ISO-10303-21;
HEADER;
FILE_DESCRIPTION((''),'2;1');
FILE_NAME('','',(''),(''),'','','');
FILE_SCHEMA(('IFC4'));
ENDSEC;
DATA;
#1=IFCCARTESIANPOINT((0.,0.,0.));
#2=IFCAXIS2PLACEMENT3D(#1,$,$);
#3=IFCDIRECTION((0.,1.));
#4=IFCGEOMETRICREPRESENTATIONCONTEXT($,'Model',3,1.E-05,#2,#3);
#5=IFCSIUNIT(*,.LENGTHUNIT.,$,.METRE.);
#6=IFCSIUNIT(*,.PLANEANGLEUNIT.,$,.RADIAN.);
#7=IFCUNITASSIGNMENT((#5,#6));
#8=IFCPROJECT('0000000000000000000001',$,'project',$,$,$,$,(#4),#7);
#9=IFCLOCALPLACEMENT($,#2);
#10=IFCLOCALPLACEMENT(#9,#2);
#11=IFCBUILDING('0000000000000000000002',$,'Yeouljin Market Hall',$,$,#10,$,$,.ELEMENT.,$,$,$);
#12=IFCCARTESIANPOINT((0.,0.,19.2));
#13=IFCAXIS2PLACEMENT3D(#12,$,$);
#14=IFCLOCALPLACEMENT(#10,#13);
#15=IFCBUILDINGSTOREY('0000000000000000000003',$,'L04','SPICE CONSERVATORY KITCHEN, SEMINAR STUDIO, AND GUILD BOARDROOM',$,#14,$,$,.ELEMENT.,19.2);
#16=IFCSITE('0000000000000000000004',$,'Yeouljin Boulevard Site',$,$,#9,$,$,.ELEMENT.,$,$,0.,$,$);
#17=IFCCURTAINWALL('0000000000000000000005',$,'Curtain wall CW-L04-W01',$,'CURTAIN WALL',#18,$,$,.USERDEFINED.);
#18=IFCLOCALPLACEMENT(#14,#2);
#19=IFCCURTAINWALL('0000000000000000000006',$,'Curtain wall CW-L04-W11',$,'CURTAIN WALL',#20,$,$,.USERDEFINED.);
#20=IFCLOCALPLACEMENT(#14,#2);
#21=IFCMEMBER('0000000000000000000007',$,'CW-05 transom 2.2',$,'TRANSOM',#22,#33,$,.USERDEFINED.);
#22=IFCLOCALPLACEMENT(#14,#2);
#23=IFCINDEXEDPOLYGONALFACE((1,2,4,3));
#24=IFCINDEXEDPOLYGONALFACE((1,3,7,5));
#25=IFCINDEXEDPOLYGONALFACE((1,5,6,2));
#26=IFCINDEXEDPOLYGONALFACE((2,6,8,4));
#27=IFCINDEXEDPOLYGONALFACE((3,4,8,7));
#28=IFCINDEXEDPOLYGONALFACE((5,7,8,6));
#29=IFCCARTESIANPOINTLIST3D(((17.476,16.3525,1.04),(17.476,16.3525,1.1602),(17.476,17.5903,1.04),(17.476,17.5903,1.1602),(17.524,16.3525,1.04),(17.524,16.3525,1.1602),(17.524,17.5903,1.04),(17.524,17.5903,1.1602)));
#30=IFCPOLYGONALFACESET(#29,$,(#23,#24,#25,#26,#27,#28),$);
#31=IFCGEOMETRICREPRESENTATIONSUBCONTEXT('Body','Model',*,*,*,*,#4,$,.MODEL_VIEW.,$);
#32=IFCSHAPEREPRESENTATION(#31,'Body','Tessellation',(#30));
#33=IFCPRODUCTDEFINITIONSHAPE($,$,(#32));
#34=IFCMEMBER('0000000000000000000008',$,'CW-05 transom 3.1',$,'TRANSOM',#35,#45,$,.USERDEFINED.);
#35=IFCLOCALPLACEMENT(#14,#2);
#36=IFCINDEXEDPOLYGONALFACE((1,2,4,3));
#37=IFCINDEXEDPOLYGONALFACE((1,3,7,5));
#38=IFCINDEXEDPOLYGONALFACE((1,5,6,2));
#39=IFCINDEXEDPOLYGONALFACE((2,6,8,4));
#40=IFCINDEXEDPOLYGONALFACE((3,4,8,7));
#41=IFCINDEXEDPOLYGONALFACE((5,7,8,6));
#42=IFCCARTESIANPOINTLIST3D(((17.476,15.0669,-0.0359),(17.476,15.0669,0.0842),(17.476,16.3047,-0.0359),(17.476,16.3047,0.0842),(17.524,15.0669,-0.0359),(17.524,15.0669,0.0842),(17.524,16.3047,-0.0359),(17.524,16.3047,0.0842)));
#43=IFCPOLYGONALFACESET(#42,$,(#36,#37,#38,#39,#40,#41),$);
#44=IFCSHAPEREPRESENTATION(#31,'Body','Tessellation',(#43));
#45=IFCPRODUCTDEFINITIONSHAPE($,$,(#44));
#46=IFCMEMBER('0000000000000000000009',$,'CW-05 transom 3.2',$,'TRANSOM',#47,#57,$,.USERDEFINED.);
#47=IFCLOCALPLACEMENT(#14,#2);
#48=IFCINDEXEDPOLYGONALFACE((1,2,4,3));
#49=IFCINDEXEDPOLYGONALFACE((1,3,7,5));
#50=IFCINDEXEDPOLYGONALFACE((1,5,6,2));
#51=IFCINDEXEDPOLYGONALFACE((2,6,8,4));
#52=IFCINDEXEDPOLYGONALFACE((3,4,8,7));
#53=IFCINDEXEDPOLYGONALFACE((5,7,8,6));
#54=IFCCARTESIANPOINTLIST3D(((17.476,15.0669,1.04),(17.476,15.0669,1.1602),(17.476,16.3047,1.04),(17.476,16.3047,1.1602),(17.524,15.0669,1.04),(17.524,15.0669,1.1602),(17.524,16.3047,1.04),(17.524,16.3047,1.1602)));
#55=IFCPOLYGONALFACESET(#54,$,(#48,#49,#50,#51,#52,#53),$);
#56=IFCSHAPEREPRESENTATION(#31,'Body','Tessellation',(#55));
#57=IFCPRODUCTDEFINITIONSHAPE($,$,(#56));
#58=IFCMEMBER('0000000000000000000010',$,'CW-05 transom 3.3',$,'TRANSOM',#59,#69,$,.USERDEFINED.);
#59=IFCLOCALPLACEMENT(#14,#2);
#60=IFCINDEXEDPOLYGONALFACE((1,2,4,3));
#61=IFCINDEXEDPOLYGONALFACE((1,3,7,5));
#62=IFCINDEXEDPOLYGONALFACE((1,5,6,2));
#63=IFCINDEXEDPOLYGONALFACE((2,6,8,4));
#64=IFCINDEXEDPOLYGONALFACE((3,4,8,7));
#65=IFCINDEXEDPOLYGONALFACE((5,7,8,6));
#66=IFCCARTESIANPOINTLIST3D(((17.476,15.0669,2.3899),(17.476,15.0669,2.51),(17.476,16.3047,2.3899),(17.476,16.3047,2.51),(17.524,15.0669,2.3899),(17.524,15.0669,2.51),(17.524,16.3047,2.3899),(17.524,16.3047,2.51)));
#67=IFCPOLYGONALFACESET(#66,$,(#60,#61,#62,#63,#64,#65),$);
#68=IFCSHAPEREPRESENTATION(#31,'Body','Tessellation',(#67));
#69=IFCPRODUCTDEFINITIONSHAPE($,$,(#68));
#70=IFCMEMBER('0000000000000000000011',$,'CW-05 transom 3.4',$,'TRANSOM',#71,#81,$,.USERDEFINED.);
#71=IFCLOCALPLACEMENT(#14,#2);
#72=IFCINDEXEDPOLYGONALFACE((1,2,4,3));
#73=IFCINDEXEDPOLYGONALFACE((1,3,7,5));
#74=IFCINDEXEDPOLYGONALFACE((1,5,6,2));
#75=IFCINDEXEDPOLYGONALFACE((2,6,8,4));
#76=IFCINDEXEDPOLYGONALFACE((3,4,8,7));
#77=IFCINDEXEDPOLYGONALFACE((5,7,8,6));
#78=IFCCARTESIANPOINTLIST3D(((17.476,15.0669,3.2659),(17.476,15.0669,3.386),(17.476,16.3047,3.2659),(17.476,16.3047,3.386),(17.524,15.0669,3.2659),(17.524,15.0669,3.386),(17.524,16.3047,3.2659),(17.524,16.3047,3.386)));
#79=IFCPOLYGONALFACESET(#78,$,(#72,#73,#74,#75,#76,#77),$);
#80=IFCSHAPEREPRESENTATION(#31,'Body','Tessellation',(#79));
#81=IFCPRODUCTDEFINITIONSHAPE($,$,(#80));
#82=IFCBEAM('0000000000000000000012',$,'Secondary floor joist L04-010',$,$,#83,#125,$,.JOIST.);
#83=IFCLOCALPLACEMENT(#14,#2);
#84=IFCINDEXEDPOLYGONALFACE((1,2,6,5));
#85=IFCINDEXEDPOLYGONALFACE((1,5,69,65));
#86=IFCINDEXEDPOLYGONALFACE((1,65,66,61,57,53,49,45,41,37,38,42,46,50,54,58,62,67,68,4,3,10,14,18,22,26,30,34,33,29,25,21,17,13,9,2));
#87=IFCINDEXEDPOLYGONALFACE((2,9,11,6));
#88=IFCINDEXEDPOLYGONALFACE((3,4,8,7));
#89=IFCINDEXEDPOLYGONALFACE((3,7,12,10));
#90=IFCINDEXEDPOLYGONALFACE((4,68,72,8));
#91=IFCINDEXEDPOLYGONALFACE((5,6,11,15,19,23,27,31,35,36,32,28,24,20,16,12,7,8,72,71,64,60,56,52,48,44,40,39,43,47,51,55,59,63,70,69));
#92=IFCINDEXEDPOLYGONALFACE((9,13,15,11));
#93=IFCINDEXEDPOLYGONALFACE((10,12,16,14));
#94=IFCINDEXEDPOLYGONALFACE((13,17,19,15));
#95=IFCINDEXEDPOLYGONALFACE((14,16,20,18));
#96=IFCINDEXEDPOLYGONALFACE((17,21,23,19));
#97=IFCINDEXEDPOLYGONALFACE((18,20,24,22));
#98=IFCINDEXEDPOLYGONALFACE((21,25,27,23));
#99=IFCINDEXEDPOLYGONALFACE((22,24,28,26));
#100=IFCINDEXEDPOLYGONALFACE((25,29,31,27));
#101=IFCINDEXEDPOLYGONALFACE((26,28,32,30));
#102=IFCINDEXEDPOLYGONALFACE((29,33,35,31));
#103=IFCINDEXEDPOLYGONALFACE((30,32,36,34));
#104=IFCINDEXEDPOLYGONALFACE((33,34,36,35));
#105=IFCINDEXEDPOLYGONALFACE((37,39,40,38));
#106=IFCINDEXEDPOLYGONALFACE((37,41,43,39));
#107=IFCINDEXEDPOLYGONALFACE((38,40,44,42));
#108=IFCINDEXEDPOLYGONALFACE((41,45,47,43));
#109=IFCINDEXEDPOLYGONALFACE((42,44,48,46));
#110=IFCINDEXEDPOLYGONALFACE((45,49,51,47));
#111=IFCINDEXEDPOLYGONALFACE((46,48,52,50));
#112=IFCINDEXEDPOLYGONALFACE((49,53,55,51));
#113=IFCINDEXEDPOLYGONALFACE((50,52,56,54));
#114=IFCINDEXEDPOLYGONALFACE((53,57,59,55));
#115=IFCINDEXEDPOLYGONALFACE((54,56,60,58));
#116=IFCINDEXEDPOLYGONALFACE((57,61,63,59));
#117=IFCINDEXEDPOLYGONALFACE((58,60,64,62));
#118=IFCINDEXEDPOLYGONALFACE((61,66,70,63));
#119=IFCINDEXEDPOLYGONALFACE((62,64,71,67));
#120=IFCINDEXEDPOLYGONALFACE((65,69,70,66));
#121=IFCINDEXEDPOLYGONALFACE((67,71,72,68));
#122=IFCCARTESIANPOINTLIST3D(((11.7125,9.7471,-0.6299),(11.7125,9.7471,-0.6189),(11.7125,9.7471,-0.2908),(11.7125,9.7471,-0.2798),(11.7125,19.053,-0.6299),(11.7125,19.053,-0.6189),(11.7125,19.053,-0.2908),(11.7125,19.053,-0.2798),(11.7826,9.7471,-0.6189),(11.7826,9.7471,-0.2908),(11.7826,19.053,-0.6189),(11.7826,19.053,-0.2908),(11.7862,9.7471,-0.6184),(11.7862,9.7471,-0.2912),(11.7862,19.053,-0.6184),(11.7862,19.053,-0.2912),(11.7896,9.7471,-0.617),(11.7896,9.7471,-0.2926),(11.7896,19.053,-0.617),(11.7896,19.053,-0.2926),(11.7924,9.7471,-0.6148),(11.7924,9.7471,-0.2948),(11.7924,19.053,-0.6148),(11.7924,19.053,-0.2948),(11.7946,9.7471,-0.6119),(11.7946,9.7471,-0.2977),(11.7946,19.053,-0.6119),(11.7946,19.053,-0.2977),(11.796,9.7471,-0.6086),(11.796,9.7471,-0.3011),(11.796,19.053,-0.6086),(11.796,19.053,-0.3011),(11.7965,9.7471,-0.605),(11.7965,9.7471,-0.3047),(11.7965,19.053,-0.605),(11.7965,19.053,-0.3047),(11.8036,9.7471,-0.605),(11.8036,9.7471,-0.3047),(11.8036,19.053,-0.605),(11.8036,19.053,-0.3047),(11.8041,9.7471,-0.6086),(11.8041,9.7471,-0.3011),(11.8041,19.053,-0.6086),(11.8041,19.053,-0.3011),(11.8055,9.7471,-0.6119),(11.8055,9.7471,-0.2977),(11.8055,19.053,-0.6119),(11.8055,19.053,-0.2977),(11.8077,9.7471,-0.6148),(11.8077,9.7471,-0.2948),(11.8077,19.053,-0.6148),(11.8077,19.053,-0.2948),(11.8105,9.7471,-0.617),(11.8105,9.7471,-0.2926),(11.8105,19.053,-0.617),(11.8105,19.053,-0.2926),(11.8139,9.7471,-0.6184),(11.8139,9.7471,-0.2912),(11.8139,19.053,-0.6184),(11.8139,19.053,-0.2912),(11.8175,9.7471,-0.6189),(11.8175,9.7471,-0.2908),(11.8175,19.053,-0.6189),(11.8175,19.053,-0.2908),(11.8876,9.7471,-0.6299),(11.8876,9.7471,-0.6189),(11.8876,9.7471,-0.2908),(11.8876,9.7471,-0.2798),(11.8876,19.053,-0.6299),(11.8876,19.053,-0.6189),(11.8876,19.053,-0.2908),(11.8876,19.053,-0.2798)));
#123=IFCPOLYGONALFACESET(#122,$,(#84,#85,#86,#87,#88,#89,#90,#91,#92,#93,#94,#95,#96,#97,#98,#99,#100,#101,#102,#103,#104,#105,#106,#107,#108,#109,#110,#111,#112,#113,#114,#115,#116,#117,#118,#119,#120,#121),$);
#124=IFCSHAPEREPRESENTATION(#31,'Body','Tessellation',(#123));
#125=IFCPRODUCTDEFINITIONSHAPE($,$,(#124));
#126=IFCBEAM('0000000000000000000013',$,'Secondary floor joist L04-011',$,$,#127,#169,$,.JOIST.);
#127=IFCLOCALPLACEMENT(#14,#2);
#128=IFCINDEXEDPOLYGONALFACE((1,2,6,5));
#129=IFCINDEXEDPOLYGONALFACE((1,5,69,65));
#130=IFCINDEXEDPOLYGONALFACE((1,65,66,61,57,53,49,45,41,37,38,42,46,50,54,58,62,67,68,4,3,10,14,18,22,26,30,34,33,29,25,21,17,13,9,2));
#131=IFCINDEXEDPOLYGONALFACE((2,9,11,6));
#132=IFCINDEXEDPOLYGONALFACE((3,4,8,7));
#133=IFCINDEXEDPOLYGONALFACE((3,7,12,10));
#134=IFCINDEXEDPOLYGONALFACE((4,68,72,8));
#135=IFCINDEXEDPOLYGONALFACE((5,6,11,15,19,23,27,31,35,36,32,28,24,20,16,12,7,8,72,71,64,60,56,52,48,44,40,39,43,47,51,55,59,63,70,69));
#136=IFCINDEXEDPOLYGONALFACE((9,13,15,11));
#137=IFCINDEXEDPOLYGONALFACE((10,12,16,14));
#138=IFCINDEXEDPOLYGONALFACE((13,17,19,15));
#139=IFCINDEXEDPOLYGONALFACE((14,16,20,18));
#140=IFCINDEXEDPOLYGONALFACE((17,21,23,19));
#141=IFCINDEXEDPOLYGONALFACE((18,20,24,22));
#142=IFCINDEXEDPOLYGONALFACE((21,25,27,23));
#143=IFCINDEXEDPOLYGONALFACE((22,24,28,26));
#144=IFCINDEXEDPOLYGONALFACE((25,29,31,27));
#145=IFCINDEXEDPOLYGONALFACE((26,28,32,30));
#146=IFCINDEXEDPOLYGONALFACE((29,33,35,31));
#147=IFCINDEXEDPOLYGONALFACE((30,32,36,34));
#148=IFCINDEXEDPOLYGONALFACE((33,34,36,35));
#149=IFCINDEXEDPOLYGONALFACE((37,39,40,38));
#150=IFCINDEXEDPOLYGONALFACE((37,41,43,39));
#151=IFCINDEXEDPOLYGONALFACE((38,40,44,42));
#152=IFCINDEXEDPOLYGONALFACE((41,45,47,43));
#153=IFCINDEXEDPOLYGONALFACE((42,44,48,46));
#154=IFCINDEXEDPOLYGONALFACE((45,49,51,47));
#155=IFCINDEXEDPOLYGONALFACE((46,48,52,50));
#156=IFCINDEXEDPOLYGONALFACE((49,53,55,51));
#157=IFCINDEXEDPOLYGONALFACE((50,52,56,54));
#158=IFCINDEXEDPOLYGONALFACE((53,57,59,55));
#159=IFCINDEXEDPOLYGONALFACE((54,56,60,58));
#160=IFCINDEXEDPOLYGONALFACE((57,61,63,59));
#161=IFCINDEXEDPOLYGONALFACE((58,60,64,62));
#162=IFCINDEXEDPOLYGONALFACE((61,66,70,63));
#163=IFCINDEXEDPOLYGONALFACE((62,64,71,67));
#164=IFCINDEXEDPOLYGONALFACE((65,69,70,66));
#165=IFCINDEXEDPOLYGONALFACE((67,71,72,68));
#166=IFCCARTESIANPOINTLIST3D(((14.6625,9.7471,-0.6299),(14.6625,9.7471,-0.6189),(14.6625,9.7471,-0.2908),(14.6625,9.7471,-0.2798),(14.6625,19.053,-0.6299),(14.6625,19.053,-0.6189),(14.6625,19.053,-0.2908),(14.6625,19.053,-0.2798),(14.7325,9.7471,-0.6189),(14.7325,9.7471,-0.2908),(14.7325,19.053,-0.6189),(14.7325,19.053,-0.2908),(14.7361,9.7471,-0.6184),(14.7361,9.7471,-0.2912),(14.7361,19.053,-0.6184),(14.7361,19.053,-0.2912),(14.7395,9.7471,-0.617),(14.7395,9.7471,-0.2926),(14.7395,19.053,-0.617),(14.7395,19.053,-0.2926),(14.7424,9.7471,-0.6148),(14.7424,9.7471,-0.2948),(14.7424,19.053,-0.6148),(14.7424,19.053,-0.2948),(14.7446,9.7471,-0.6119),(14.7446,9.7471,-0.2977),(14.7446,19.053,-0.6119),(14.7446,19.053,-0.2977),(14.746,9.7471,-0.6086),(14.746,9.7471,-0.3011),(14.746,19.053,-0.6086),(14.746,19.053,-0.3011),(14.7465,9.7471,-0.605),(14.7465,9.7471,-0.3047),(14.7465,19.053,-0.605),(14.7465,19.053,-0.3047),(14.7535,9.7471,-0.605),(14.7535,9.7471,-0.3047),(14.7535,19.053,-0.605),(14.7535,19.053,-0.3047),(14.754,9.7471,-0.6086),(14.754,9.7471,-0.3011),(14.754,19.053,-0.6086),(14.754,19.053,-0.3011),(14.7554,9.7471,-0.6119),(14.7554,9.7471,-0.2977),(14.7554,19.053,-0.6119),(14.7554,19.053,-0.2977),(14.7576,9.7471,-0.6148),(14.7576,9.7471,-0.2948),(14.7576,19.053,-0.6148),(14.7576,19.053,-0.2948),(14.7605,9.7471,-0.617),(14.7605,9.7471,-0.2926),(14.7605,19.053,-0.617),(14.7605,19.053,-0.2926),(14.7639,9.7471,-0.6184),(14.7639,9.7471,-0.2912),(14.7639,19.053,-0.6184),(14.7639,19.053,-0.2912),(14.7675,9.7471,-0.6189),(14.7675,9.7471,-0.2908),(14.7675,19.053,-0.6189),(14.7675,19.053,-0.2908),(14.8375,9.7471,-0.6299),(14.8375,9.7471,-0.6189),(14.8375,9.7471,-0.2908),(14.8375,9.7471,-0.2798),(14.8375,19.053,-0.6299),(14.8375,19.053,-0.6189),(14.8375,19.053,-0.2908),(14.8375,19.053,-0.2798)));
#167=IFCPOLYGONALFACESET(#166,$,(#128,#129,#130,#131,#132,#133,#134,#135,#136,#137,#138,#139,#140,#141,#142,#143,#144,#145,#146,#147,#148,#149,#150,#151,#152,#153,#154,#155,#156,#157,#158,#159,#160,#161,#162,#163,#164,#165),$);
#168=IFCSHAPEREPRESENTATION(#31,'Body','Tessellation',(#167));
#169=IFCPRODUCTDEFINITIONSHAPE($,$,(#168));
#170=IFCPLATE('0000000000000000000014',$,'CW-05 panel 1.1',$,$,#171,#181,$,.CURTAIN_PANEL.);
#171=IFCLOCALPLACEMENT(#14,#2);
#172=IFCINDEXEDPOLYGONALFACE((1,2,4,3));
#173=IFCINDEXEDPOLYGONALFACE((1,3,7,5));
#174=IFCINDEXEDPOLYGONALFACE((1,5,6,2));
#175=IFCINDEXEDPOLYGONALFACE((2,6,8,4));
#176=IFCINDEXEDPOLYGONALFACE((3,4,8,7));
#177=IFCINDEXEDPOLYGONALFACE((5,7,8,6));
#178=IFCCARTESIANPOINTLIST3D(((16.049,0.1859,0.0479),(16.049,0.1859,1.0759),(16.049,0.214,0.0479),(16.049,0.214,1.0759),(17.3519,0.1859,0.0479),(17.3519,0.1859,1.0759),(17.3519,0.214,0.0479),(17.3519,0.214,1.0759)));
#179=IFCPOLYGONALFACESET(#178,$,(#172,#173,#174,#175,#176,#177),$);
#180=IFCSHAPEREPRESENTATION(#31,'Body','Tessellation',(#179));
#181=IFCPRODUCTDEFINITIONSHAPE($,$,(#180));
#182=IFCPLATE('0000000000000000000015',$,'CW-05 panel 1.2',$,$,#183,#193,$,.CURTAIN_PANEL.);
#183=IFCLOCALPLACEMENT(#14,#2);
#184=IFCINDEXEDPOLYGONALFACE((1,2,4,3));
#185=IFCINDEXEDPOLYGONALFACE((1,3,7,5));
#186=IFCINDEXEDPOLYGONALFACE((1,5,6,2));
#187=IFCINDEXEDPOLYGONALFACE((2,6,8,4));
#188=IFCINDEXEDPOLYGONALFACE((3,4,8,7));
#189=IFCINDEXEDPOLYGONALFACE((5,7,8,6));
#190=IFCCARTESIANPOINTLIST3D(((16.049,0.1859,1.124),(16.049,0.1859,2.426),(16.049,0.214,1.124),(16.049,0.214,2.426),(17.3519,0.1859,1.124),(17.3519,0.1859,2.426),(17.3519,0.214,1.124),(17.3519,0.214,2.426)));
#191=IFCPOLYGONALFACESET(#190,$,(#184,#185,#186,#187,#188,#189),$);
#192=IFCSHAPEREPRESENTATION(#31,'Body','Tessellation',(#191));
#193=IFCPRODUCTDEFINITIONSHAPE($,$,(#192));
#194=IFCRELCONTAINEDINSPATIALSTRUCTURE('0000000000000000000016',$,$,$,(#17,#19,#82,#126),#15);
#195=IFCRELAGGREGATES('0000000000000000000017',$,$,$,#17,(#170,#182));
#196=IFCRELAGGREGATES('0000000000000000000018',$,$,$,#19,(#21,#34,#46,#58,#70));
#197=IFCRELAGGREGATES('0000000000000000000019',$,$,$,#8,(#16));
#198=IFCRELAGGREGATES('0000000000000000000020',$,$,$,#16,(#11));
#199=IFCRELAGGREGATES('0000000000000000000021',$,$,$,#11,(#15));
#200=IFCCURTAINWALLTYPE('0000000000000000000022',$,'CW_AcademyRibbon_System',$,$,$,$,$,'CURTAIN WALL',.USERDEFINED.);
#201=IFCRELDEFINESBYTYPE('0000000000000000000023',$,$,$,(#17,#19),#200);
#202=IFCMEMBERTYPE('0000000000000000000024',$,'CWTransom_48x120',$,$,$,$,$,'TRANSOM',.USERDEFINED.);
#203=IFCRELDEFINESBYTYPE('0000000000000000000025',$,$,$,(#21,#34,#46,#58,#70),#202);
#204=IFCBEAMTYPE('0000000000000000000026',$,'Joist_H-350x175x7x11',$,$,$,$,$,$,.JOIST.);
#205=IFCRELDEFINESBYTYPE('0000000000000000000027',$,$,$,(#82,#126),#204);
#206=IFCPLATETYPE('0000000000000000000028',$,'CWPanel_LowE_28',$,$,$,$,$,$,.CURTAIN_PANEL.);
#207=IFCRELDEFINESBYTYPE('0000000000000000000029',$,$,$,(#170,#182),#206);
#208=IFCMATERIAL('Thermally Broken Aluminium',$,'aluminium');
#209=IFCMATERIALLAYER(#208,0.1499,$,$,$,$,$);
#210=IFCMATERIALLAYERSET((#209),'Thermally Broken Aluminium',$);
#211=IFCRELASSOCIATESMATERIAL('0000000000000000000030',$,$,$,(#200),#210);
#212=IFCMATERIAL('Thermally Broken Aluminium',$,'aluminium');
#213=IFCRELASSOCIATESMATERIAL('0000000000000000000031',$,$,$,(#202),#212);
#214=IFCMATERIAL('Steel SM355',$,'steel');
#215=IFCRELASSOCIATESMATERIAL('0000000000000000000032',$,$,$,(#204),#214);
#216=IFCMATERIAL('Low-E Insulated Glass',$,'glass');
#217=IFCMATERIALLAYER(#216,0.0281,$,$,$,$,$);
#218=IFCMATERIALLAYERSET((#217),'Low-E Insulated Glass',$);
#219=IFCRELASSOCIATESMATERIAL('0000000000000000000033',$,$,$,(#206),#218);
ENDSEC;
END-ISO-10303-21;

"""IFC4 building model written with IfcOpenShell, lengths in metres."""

from ifc_helpers import new_model, si_unit, direction, frame, origin, origin_2d, place, context, subcontext, project, spatial, rectangle, i_section, extrude, material, layer, layer_set, material_profile, profile_set, type_object, element, aggregate, save


model = new_model("IFC4")

# Units and contexts
model_context = context("Model", 3, precision=1e-05, world=origin(), true_north=direction((0.0, 1.0)))
body_context = subcontext(model_context, "Body", "Model", "MODEL_VIEW")
ifc_project = project(units=[si_unit("LENGTHUNIT", "METRE"), si_unit("PLANEANGLEUNIT", "RADIAN")], contexts=[model_context])

# Site, building, storey
site_placement = place(None, origin())
site = spatial("IfcSite", under=ifc_project, at=site_placement, Name="Yeouljin Boulevard Site", CompositionType="ELEMENT", RefElevation=0.0)
building_placement = place(site_placement, origin())
building = spatial("IfcBuilding", under=site, at=building_placement, Name="Yeouljin Market Hall", CompositionType="ELEMENT")
storey_placement = place(building_placement, frame((0.0, 0.0, 19.2)))
storey = spatial("IfcBuildingStorey", under=building, at=storey_placement, Name="L04", Description="SPICE CONSERVATORY KITCHEN, SEMINAR STUDIO, AND GUILD BOARDROOM", CompositionType="ELEMENT", Elevation=19.2)

# Curtain walls
ifc_material_1 = material(Name="Thermally Broken Aluminium", Category="aluminium")
ifc_layer_1 = layer(ifc_material_1, 0.1499)
ifc_layer_set_1 = layer_set([ifc_layer_1], Name="Thermally Broken Aluminium")
curtain_wall_type = type_object("IfcCurtainWallType", Name="CW_AcademyRibbon_System", ElementType="CURTAIN WALL", PredefinedType="USERDEFINED", material=ifc_layer_set_1)
curtain_wall_1_placement = place(storey_placement, origin())
curtain_wall_1 = element("IfcCurtainWall", 1, at=curtain_wall_1_placement, inside=storey, type_object=curtain_wall_type, Name="Curtain wall CW-L04-W01", ObjectType="CURTAIN WALL", PredefinedType="USERDEFINED")
curtain_wall_2_placement = place(storey_placement, origin())
curtain_wall_2 = element("IfcCurtainWall", 2, at=curtain_wall_2_placement, inside=storey, type_object=curtain_wall_type, Name="Curtain wall CW-L04-W11", ObjectType="CURTAIN WALL", PredefinedType="USERDEFINED")

# Members
ifc_material_2 = material(Name="Thermally Broken Aluminium", Category="aluminium")
ifc_material_profile_1 = material_profile(ifc_material_2, rectangle(XDim=0.0481, YDim=0.1201, at=origin_2d()), Name="CW-TRAN-48x120")
ifc_profile_set_1 = profile_set([ifc_material_profile_1], Name="Thermally Broken Aluminium")
member_type_1 = type_object("IfcMemberType", Name="CWTransom_48x120", ElementType="TRANSOM", PredefinedType="USERDEFINED", material=ifc_profile_set_1)
member_1_placement = place(storey_placement, frame((17.5, 17.5903, 1.1001), z_axis=(0.0, -1.0, 0.0), x_axis=(1.0, 0.0, 0.0)))
member_1 = element("IfcMember", 3, at=member_1_placement, type_object=member_type_1, Name="CW-05 transom 2.2", ObjectType="TRANSOM", PredefinedType="USERDEFINED", context=body_context, shape_type="SweptSolid", body=[
    extrude(rectangle(XDim=0.0481, YDim=0.1201, at=origin_2d()), origin(), (0.0, 0.0, 1.0), 1.2378),
])
member_2_placement = place(storey_placement, frame((17.5, 16.3047, 0.0242), z_axis=(0.0, -1.0, 0.0), x_axis=(1.0, 0.0, 0.0)))
member_2 = element("IfcMember", 4, at=member_2_placement, type_object=member_type_1, Name="CW-05 transom 3.1", ObjectType="TRANSOM", PredefinedType="USERDEFINED", context=body_context, shape_type="SweptSolid", body=[
    extrude(rectangle(XDim=0.0481, YDim=0.1201, at=origin_2d()), origin(), (0.0, 0.0, 1.0), 1.2378),
])
member_3_placement = place(storey_placement, frame((17.5, 16.3047, 1.1001), z_axis=(0.0, -1.0, 0.0), x_axis=(1.0, 0.0, 0.0)))
member_3 = element("IfcMember", 5, at=member_3_placement, type_object=member_type_1, Name="CW-05 transom 3.2", ObjectType="TRANSOM", PredefinedType="USERDEFINED", context=body_context, shape_type="SweptSolid", body=[
    extrude(rectangle(XDim=0.0481, YDim=0.1201, at=origin_2d()), origin(), (0.0, 0.0, 1.0), 1.2378),
])
member_4_placement = place(storey_placement, frame((17.5, 16.3047, 2.45), z_axis=(0.0, -1.0, 0.0), x_axis=(1.0, 0.0, 0.0)))
member_4 = element("IfcMember", 6, at=member_4_placement, type_object=member_type_1, Name="CW-05 transom 3.3", ObjectType="TRANSOM", PredefinedType="USERDEFINED", context=body_context, shape_type="SweptSolid", body=[
    extrude(rectangle(XDim=0.0481, YDim=0.1201, at=origin_2d()), origin(), (0.0, 0.0, 1.0), 1.2378),
])
member_5_placement = place(storey_placement, frame((17.5, 16.3047, 3.3259), z_axis=(0.0, -1.0, 0.0), x_axis=(1.0, 0.0, 0.0)))
member_5 = element("IfcMember", 7, at=member_5_placement, type_object=member_type_1, Name="CW-05 transom 3.4", ObjectType="TRANSOM", PredefinedType="USERDEFINED", context=body_context, shape_type="SweptSolid", body=[
    extrude(rectangle(XDim=0.0481, YDim=0.1201, at=origin_2d()), origin(), (0.0, 0.0, 1.0), 1.2378),
])

# Beams
ifc_material_3 = material(Name="Steel SM355", Category="steel")
ifc_material_profile_2 = material_profile(ifc_material_3, i_section(OverallWidth=0.175, OverallDepth=0.3501, WebThickness=0.0071, FlangeThickness=0.011, FilletRadius=0.0139, at=origin_2d()), Name="H-350x175x7x11")
ifc_profile_set_2 = profile_set([ifc_material_profile_2], Name="Steel SM355")
beam_type = type_object("IfcBeamType", Name="Joist_H-350x175x7x11", PredefinedType="JOIST", material=ifc_profile_set_2)
for number, where, z_axis, x_axis, name in (
    (8, (11.8, 9.7471, -0.4548), (0.0, 1.0, 0.0), (-1.0, 0.0, 0.0), "Secondary floor joist L04-010"),
    (9, (14.75, 9.7471, -0.4548), (0.0, 1.0, 0.0), (-1.0, 0.0, 0.0), "Secondary floor joist L04-011"),
):
    element("IfcBeam", number, at=place(storey_placement, frame(where, z_axis=z_axis, x_axis=x_axis)), inside=storey, type_object=beam_type, Name=name, PredefinedType="JOIST", context=body_context, shape_type="SweptSolid", body=[
        extrude(i_section(OverallWidth=0.175, OverallDepth=0.3501, WebThickness=0.0071, FlangeThickness=0.011, FilletRadius=0.0139, at=origin_2d()), origin(), (0.0, 0.0, 1.0), 9.3059),
    ])

# Plates
ifc_material_4 = material(Name="Low-E Insulated Glass", Category="glass")
ifc_layer_2 = layer(ifc_material_4, 0.0281)
ifc_layer_set_2 = layer_set([ifc_layer_2], Name="Low-E Insulated Glass")
plate_type = type_object("IfcPlateType", Name="CWPanel_LowE_28", PredefinedType="CURTAIN_PANEL", material=ifc_layer_set_2)
plate_1_placement = place(storey_placement, frame((16.7004, 0.2, 0.0479), z_axis=(0.0, 0.0, 1.0), x_axis=(-1.0, 0.0, 0.0)))
plate_1 = element("IfcPlate", 10, at=plate_1_placement, type_object=plate_type, Name="CW-05 panel 1.1", PredefinedType="CURTAIN_PANEL", context=body_context, shape_type="SweptSolid", body=[
    extrude(rectangle(XDim=1.303, YDim=0.0281, at=origin_2d()), origin(), (0.0, 0.0, 1.0), 1.0281),
])
plate_2_placement = place(storey_placement, frame((16.7004, 0.2, 1.124), z_axis=(0.0, 0.0, 1.0), x_axis=(-1.0, 0.0, 0.0)))
plate_2 = element("IfcPlate", 11, at=plate_2_placement, type_object=plate_type, Name="CW-05 panel 1.2", PredefinedType="CURTAIN_PANEL", context=body_context, shape_type="SweptSolid", body=[
    extrude(rectangle(XDim=1.303, YDim=0.0281, at=origin_2d()), origin(), (0.0, 0.0, 1.0), 1.302),
])
aggregate(curtain_wall_1, [plate_1, plate_2])
aggregate(curtain_wall_2, [member_1, member_2, member_3, member_4, member_5])

save(model, "model.ifc")
